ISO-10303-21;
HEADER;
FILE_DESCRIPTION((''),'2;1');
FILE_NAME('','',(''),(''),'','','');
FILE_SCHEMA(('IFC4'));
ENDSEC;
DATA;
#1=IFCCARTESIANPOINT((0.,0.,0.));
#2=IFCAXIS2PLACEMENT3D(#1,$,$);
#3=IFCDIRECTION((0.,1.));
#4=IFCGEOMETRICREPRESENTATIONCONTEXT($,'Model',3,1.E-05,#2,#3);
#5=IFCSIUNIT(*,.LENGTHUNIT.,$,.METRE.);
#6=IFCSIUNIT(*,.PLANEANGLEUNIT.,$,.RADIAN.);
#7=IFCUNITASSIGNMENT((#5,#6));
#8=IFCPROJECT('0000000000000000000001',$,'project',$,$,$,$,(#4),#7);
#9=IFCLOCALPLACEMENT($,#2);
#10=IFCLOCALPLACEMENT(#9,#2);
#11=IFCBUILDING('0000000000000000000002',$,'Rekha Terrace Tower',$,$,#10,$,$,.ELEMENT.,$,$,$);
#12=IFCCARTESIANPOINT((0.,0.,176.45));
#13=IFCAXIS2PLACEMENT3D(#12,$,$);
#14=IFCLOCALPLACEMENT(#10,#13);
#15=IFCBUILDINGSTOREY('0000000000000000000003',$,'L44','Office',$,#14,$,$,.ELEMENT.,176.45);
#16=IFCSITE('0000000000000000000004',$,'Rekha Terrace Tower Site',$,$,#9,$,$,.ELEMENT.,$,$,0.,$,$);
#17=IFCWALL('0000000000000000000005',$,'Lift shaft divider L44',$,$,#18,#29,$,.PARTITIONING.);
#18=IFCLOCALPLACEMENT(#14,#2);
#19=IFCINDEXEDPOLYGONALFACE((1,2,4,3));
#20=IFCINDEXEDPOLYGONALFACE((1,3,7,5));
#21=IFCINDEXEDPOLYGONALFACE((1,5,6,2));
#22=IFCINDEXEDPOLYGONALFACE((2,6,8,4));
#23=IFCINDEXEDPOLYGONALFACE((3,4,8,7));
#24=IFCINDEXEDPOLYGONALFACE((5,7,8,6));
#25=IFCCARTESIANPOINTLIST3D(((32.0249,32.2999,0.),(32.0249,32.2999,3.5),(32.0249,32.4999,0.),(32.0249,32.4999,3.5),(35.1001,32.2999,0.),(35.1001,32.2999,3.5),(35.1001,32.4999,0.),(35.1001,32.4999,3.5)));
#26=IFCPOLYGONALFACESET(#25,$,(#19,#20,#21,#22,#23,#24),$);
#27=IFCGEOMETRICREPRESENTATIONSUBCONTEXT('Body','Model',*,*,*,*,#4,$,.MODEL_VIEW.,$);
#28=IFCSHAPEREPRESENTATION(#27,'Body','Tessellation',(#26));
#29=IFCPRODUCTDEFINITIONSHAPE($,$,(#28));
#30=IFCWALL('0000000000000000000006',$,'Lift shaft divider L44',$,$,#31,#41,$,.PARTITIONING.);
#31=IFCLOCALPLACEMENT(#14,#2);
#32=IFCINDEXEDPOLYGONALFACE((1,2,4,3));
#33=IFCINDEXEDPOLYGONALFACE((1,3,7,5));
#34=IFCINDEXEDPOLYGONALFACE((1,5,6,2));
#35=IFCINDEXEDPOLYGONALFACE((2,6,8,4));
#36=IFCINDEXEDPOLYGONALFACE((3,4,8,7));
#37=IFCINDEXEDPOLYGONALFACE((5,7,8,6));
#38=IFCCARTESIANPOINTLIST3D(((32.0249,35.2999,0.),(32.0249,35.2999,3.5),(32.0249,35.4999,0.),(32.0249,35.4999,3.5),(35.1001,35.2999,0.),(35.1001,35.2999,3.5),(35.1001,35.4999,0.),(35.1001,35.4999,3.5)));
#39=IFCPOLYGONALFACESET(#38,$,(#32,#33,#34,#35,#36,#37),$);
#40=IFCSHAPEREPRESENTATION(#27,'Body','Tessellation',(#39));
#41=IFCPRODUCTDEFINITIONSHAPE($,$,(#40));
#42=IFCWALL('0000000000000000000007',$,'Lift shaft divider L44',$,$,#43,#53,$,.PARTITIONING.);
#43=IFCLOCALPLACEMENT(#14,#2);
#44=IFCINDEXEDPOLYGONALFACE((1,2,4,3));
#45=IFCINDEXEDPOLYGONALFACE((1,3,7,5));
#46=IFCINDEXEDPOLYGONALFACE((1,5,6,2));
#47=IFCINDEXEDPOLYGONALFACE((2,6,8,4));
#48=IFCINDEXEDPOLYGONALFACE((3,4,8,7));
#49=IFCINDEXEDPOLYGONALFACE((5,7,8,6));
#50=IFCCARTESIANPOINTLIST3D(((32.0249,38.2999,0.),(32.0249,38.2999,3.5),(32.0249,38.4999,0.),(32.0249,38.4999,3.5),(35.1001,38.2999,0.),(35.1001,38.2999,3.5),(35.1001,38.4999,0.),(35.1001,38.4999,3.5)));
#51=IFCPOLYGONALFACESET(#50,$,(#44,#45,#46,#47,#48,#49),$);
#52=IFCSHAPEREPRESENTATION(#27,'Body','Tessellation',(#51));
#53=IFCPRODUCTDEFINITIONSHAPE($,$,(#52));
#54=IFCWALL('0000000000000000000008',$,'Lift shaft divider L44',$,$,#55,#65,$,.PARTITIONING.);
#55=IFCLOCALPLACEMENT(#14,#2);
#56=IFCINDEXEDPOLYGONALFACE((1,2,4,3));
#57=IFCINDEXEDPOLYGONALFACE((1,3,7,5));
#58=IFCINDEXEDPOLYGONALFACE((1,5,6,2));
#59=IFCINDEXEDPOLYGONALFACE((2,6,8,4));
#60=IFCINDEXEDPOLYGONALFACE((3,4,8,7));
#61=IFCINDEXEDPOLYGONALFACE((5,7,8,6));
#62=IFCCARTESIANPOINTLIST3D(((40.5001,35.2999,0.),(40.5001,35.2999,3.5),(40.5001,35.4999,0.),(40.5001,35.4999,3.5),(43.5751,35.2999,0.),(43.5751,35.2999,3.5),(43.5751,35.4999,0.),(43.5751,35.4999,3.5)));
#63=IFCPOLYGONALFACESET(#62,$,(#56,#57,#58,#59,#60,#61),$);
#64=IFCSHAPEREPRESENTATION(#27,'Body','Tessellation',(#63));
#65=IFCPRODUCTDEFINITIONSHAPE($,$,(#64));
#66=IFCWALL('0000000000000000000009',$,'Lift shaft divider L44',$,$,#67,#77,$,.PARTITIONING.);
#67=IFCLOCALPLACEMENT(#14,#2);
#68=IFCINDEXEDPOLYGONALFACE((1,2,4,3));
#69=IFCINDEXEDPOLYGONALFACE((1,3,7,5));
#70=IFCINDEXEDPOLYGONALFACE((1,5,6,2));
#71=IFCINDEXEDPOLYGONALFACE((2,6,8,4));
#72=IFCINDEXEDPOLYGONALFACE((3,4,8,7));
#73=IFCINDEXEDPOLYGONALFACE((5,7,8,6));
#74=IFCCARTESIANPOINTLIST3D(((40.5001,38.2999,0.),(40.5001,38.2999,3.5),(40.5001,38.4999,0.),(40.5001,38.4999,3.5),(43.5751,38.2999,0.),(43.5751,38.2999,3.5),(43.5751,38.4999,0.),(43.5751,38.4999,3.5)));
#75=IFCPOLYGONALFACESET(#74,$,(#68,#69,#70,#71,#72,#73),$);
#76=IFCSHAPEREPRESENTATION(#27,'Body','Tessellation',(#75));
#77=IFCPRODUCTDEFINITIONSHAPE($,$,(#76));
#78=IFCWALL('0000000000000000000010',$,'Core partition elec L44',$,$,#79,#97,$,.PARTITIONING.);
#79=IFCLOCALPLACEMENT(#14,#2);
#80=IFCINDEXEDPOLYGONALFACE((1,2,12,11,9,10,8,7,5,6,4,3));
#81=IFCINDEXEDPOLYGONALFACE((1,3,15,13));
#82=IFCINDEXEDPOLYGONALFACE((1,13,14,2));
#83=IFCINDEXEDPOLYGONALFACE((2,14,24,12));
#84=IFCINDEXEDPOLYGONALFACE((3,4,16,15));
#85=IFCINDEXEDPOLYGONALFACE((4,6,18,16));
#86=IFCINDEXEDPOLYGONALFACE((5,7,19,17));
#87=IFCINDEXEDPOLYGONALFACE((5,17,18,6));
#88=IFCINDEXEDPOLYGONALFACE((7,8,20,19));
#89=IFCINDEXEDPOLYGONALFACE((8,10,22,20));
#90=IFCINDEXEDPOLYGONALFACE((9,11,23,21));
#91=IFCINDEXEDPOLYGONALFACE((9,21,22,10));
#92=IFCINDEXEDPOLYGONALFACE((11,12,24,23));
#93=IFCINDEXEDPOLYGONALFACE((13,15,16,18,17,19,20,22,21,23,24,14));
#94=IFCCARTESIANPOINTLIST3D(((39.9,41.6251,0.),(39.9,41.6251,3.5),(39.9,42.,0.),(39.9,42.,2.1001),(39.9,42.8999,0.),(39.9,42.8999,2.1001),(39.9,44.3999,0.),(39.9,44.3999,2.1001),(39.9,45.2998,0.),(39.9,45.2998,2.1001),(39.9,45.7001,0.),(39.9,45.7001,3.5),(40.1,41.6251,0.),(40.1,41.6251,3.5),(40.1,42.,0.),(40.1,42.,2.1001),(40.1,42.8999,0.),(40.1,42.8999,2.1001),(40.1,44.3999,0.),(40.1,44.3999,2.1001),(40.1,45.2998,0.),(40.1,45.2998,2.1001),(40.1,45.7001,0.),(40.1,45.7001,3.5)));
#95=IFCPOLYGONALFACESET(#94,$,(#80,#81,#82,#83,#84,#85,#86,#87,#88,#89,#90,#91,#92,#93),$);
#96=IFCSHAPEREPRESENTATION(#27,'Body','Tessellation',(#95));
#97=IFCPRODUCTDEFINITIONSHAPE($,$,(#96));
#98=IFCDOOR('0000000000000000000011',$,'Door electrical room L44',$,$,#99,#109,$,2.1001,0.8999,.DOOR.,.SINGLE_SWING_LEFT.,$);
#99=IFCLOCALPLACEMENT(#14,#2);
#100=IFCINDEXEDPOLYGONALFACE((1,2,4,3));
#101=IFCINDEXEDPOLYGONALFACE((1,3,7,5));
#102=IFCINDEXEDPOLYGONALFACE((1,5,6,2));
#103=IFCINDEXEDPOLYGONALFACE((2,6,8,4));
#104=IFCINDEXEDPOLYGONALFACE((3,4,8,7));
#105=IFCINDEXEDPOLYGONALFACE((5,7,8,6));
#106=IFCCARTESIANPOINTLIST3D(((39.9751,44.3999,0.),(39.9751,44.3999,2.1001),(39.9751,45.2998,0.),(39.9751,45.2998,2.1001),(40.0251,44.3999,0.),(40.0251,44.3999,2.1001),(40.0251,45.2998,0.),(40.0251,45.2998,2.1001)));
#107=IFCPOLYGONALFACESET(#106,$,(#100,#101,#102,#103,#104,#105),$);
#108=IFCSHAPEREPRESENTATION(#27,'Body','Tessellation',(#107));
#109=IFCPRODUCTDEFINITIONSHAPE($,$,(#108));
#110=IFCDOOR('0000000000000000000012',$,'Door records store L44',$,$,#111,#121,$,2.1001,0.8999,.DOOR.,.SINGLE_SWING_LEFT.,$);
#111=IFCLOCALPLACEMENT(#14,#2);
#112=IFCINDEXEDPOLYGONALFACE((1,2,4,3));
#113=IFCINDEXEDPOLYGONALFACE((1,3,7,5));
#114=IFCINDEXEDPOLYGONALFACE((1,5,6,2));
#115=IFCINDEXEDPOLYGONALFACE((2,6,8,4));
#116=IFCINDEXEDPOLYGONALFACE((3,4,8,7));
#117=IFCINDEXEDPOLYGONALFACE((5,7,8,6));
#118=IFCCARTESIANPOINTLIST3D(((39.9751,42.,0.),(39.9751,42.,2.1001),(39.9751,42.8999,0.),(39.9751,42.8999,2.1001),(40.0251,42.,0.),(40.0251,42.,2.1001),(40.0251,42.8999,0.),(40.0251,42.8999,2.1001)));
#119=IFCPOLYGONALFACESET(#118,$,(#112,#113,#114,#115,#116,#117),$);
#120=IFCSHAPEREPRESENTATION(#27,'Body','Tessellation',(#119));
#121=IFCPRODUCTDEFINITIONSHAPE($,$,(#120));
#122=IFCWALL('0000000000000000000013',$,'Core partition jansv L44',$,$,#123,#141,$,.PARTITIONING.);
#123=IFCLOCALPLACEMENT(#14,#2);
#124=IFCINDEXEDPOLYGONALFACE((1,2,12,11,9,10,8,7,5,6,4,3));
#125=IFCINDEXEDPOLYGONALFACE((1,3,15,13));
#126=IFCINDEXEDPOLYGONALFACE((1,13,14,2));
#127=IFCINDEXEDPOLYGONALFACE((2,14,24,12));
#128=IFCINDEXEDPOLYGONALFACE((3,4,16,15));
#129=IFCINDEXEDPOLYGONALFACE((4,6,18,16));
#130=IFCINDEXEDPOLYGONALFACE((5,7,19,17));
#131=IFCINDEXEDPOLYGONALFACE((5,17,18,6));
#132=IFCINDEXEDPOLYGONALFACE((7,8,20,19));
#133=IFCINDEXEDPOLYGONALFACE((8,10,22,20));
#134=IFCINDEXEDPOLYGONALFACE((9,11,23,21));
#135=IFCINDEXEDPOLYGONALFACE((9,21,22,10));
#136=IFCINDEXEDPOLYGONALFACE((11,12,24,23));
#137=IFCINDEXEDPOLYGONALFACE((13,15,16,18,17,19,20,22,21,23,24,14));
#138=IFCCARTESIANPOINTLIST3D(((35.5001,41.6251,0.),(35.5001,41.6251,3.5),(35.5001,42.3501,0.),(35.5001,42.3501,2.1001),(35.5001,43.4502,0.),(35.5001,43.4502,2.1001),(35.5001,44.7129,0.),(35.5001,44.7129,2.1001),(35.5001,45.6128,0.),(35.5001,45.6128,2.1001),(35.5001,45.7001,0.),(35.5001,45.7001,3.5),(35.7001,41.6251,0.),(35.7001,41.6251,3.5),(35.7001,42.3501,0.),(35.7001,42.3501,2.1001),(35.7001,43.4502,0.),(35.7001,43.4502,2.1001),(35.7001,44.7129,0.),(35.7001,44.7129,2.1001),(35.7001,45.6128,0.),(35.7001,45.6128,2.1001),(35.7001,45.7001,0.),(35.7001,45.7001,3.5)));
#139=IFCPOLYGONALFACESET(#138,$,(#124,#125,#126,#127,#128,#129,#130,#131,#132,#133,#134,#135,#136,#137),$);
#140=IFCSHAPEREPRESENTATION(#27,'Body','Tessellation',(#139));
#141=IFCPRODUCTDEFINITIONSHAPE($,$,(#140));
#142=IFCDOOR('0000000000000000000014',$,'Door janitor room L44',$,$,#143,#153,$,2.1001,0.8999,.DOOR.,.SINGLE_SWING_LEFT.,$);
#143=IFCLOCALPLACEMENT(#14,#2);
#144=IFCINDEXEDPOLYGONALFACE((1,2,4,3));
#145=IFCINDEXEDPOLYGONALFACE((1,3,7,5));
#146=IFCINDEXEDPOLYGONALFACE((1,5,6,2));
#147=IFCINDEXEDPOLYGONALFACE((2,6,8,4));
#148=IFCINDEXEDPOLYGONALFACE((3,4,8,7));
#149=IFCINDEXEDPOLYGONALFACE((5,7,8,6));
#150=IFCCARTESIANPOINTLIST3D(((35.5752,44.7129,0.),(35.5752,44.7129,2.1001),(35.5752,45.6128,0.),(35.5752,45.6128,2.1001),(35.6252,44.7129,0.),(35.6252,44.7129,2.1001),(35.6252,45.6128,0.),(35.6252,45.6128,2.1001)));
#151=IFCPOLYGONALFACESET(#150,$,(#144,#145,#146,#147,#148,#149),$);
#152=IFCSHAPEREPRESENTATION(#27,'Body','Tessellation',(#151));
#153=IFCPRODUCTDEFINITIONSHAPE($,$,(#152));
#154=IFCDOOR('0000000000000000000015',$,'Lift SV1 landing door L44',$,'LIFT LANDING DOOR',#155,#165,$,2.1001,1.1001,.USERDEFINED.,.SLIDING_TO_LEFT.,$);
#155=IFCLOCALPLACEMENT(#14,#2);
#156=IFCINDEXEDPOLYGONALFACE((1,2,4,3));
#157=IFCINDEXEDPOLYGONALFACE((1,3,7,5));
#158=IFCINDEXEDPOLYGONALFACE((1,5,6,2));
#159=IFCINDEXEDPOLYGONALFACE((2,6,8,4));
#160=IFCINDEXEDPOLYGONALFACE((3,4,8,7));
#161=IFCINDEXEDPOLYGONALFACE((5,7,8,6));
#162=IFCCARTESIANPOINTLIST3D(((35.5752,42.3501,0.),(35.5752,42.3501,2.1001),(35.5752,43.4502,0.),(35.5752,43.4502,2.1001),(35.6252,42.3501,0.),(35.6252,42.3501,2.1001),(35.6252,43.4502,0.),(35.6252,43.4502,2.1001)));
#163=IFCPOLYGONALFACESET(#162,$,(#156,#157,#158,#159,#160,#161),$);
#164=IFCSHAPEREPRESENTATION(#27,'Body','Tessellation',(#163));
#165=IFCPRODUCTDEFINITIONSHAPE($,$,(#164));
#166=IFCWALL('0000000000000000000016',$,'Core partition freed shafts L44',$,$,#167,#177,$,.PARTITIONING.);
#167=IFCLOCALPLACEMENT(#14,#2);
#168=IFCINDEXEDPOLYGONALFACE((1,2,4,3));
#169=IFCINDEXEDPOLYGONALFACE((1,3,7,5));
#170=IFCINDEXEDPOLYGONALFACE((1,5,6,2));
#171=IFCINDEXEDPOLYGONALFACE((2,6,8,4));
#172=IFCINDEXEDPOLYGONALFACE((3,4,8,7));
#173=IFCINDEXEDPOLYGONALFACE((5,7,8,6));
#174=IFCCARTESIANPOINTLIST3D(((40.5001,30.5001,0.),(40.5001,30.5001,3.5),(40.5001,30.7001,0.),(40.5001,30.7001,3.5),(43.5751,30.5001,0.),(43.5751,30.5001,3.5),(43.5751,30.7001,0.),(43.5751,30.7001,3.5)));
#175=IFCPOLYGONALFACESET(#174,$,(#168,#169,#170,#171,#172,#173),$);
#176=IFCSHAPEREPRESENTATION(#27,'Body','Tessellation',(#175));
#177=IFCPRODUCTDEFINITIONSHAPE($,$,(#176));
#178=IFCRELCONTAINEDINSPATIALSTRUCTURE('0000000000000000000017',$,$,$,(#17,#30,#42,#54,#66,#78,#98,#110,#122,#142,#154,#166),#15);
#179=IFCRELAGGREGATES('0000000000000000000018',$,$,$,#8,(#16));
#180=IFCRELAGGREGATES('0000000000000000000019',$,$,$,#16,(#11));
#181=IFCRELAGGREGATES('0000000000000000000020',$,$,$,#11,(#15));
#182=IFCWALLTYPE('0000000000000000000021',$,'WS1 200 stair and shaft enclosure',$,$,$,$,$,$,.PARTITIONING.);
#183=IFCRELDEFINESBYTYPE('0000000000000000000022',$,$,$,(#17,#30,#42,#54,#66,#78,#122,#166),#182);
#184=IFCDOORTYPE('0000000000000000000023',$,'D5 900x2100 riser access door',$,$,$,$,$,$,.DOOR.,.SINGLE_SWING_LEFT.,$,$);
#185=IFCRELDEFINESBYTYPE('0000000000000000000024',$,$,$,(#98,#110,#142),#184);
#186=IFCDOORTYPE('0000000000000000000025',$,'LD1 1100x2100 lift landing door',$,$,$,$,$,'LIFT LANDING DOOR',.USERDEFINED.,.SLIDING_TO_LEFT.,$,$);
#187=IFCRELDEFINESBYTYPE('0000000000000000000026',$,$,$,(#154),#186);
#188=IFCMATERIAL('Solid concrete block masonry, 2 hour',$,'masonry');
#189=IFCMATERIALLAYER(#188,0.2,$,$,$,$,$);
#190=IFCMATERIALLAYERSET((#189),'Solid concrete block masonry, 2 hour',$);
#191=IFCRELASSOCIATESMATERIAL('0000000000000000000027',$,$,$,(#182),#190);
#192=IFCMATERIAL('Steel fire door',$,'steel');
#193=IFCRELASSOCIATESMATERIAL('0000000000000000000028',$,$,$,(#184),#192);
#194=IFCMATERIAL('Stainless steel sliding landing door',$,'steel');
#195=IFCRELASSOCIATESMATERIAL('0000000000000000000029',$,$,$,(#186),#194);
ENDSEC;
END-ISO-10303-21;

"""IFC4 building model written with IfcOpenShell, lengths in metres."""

from ifc_helpers import new_model, si_unit, direction, frame, frame_2d, origin, place, context, subcontext, project, spatial, rectangle, extrude, material, layer, layer_set, type_object, element, fill, save


model = new_model("IFC4")

# Units and contexts
model_context = context("Model", 3, precision=1e-05, world=origin(), true_north=direction((0.0, 1.0)))
body_context = subcontext(model_context, "Body", "Model", "MODEL_VIEW")
ifc_project = project(units=[si_unit("LENGTHUNIT", "METRE"), si_unit("PLANEANGLEUNIT", "RADIAN")], contexts=[model_context])

# Site, building, storey
site_placement = place(None, origin())
site = spatial("IfcSite", under=ifc_project, at=site_placement, Name="Rekha Terrace Tower Site", CompositionType="ELEMENT", RefElevation=0.0)
building_placement = place(site_placement, origin())
building = spatial("IfcBuilding", under=site, at=building_placement, Name="Rekha Terrace Tower", CompositionType="ELEMENT")
storey_placement = place(building_placement, frame((0.0, 0.0, 176.45)))
storey = spatial("IfcBuildingStorey", under=building, at=storey_placement, Name="L44", Description="Office", CompositionType="ELEMENT", Elevation=176.45)

# Shared definitions
ifc_material_1 = material(Name="Stainless steel sliding landing door", Category="steel")
ifc_material_2 = material(Name="Steel fire door", Category="steel")

# Walls
ifc_material_3 = material(Name="Solid concrete block masonry, 2 hour", Category="masonry")
ifc_layer_1 = layer(ifc_material_3, 0.2)
ifc_layer_set_1 = layer_set([ifc_layer_1], Name="Solid concrete block masonry, 2 hour")
wall_type_1 = type_object("IfcWallType", Name="WS1 200 stair and shaft enclosure", PredefinedType="PARTITIONING", material=ifc_layer_set_1)
for number, where, z_axis, x_axis, name in (
    (1, (32.0249, 32.3999, 0.0), (0.0, 0.0, 1.0), (1.0, 0.0, 0.0), "Lift shaft divider L44"),
    (2, (32.0249, 35.3999, 0.0), (0.0, 0.0, 1.0), (1.0, 0.0, 0.0), "Lift shaft divider L44"),
    (3, (32.0249, 38.3999, 0.0), (0.0, 0.0, 1.0), (1.0, 0.0, 0.0), "Lift shaft divider L44"),
):
    element("IfcWall", number, at=place(storey_placement, frame(where, z_axis=z_axis, x_axis=x_axis)), inside=storey, type_object=wall_type_1, Name=name, PredefinedType="PARTITIONING", context=body_context, shape_type="SweptSolid", body=[
        extrude(rectangle(XDim=3.0752, YDim=0.2, at=frame_2d((1.5376, 0.0))), origin(), (0.0, 0.0, 1.0), 3.5),
    ])
for number, where, z_axis, x_axis, name in (
    (4, (40.5, 35.3999, 0.0), (0.0, 0.0, 1.0), (1.0, 0.0, 0.0), "Lift shaft divider L44"),
    (5, (40.5, 38.3999, 0.0), (0.0, 0.0, 1.0), (1.0, 0.0, 0.0), "Lift shaft divider L44"),
):
    element("IfcWall", number, at=place(storey_placement, frame(where, z_axis=z_axis, x_axis=x_axis)), inside=storey, type_object=wall_type_1, Name=name, PredefinedType="PARTITIONING", context=body_context, shape_type="SweptSolid", body=[
        extrude(rectangle(XDim=3.075, YDim=0.2, at=frame_2d((1.5376, 0.0))), origin(), (0.0, 0.0, 1.0), 3.5),
    ])

# Walls, openings, doors
wall_1_placement = place(storey_placement, frame((40.0, 41.625, 0.0), z_axis=(0.0, 0.0, 1.0), x_axis=(0.0, 1.0, 0.0)))
wall_1 = element("IfcWall", 6, at=wall_1_placement, inside=storey, type_object=wall_type_1, Name="Core partition elec L44", PredefinedType="PARTITIONING", context=body_context, shape_type="SweptSolid", body=[
    extrude(rectangle(XDim=4.075, YDim=0.2, at=frame_2d((2.0376, 0.0))), origin(), (0.0, 0.0, 1.0), 3.5),
])
opening_1_placement = place(wall_1_placement, frame((2.7749, 0.0, 0.0)))
opening_1 = element("IfcOpeningElement", 7, at=opening_1_placement, cuts=wall_1, PredefinedType="OPENING", context=body_context, shape_type="SweptSolid", body=[
    extrude(rectangle(XDim=0.8999, YDim=2.1001, at=frame_2d((0.45, 1.05))), frame((0.0, 0.1099, 0.0), z_axis=(0.0, -1.0, 0.0), x_axis=(1.0, 0.0, 0.0)), (0.0, 0.0, 1.0), 0.22),
])
opening_2_placement = place(wall_1_placement, frame((0.375, 0.0, 0.0)))
opening_2 = element("IfcOpeningElement", 8, at=opening_2_placement, cuts=wall_1, PredefinedType="OPENING", context=body_context, shape_type="SweptSolid", body=[
    extrude(rectangle(XDim=0.8999, YDim=2.1001, at=frame_2d((0.45, 1.05))), frame((0.0, 0.1099, 0.0), z_axis=(0.0, -1.0, 0.0), x_axis=(1.0, 0.0, 0.0)), (0.0, 0.0, 1.0), 0.22),
])
door_type_1 = type_object("IfcDoorType", Name="D5 900x2100 riser access door", OperationType="SINGLE_SWING_LEFT", PredefinedType="DOOR", material=ifc_material_2)
door_1_placement = place(opening_1_placement, origin())
door_1 = element("IfcDoor", 9, at=door_1_placement, inside=storey, type_object=door_type_1, Name="Door electrical room L44", OperationType="SINGLE_SWING_LEFT", OverallHeight=2.1001, OverallWidth=0.8999, PredefinedType="DOOR", context=body_context, shape_type="SweptSolid", body=[
    extrude(rectangle(XDim=0.8999, YDim=2.1001, at=frame_2d((0.45, 1.05))), frame((0.0, 0.0249, 0.0), z_axis=(0.0, -1.0, 0.0), x_axis=(1.0, 0.0, 0.0)), (0.0, 0.0, 1.0), 0.05),
])
fill(opening_1, door_1)
door_2_placement = place(opening_2_placement, origin())
door_2 = element("IfcDoor", 10, at=door_2_placement, inside=storey, type_object=door_type_1, Name="Door records store L44", OperationType="SINGLE_SWING_LEFT", OverallHeight=2.1001, OverallWidth=0.8999, PredefinedType="DOOR", context=body_context, shape_type="SweptSolid", body=[
    extrude(rectangle(XDim=0.8999, YDim=2.1001, at=frame_2d((0.45, 1.05))), frame((0.0, 0.0249, 0.0), z_axis=(0.0, -1.0, 0.0), x_axis=(1.0, 0.0, 0.0)), (0.0, 0.0, 1.0), 0.05),
])
fill(opening_2, door_2)
wall_2_placement = place(storey_placement, frame((35.6001, 41.625, 0.0), z_axis=(0.0, 0.0, 1.0), x_axis=(0.0, 1.0, 0.0)))
wall_2 = element("IfcWall", 11, at=wall_2_placement, inside=storey, type_object=wall_type_1, Name="Core partition jansv L44", PredefinedType="PARTITIONING", context=body_context, shape_type="SweptSolid", body=[
    extrude(rectangle(XDim=4.075, YDim=0.2, at=frame_2d((2.0376, 0.0))), origin(), (0.0, 0.0, 1.0), 3.5),
])
opening_3_placement = place(wall_2_placement, frame((3.0879, 0.0, 0.0)))
opening_3 = element("IfcOpeningElement", 12, at=opening_3_placement, cuts=wall_2, PredefinedType="OPENING", context=body_context, shape_type="SweptSolid", body=[
    extrude(rectangle(XDim=0.8999, YDim=2.1001, at=frame_2d((0.45, 1.05))), frame((0.0, 0.1099, 0.0), z_axis=(0.0, -1.0, 0.0), x_axis=(1.0, 0.0, 0.0)), (0.0, 0.0, 1.0), 0.22),
])
opening_4_placement = place(wall_2_placement, frame((0.7251, 0.0, 0.0)))
opening_4 = element("IfcOpeningElement", 13, at=opening_4_placement, cuts=wall_2, PredefinedType="OPENING", context=body_context, shape_type="SweptSolid", body=[
    extrude(rectangle(XDim=1.1001, YDim=2.1001, at=frame_2d((0.55, 1.05))), frame((0.0, 0.1099, 0.0), z_axis=(0.0, -1.0, 0.0), x_axis=(1.0, 0.0, 0.0)), (0.0, 0.0, 1.0), 0.22),
])
door_3_placement = place(opening_3_placement, origin())
door_3 = element("IfcDoor", 14, at=door_3_placement, inside=storey, type_object=door_type_1, Name="Door janitor room L44", OperationType="SINGLE_SWING_LEFT", OverallHeight=2.1001, OverallWidth=0.8999, PredefinedType="DOOR", context=body_context, shape_type="SweptSolid", body=[
    extrude(rectangle(XDim=0.8999, YDim=2.1001, at=frame_2d((0.45, 1.05))), frame((0.0, 0.0249, 0.0), z_axis=(0.0, -1.0, 0.0), x_axis=(1.0, 0.0, 0.0)), (0.0, 0.0, 1.0), 0.05),
])
fill(opening_3, door_3)
door_type_2 = type_object("IfcDoorType", Name="LD1 1100x2100 lift landing door", ElementType="LIFT LANDING DOOR", OperationType="SLIDING_TO_LEFT", PredefinedType="USERDEFINED", material=ifc_material_1)
door_4_placement = place(opening_4_placement, origin())
door_4 = element("IfcDoor", 15, at=door_4_placement, inside=storey, type_object=door_type_2, Name="Lift SV1 landing door L44", ObjectType="LIFT LANDING DOOR", OperationType="SLIDING_TO_LEFT", OverallHeight=2.1001, OverallWidth=1.1001, PredefinedType="USERDEFINED", context=body_context, shape_type="SweptSolid", body=[
    extrude(rectangle(XDim=1.1001, YDim=2.1001, at=frame_2d((0.55, 1.05))), frame((0.0, 0.0249, 0.0), z_axis=(0.0, -1.0, 0.0), x_axis=(1.0, 0.0, 0.0)), (0.0, 0.0, 1.0), 0.05),
])
fill(opening_4, door_4)

# Wall
wall_3_placement = place(storey_placement, frame((40.5, 30.6001, 0.0), z_axis=(0.0, 0.0, 1.0), x_axis=(1.0, 0.0, 0.0)))
element("IfcWall", 16, at=wall_3_placement, inside=storey, type_object=wall_type_1, Name="Core partition freed shafts L44", PredefinedType="PARTITIONING", context=body_context, shape_type="SweptSolid", body=[
    extrude(rectangle(XDim=3.075, YDim=0.2, at=frame_2d((1.5376, 0.0))), origin(), (0.0, 0.0, 1.0), 3.5),
])

save(model, "model.ifc")
